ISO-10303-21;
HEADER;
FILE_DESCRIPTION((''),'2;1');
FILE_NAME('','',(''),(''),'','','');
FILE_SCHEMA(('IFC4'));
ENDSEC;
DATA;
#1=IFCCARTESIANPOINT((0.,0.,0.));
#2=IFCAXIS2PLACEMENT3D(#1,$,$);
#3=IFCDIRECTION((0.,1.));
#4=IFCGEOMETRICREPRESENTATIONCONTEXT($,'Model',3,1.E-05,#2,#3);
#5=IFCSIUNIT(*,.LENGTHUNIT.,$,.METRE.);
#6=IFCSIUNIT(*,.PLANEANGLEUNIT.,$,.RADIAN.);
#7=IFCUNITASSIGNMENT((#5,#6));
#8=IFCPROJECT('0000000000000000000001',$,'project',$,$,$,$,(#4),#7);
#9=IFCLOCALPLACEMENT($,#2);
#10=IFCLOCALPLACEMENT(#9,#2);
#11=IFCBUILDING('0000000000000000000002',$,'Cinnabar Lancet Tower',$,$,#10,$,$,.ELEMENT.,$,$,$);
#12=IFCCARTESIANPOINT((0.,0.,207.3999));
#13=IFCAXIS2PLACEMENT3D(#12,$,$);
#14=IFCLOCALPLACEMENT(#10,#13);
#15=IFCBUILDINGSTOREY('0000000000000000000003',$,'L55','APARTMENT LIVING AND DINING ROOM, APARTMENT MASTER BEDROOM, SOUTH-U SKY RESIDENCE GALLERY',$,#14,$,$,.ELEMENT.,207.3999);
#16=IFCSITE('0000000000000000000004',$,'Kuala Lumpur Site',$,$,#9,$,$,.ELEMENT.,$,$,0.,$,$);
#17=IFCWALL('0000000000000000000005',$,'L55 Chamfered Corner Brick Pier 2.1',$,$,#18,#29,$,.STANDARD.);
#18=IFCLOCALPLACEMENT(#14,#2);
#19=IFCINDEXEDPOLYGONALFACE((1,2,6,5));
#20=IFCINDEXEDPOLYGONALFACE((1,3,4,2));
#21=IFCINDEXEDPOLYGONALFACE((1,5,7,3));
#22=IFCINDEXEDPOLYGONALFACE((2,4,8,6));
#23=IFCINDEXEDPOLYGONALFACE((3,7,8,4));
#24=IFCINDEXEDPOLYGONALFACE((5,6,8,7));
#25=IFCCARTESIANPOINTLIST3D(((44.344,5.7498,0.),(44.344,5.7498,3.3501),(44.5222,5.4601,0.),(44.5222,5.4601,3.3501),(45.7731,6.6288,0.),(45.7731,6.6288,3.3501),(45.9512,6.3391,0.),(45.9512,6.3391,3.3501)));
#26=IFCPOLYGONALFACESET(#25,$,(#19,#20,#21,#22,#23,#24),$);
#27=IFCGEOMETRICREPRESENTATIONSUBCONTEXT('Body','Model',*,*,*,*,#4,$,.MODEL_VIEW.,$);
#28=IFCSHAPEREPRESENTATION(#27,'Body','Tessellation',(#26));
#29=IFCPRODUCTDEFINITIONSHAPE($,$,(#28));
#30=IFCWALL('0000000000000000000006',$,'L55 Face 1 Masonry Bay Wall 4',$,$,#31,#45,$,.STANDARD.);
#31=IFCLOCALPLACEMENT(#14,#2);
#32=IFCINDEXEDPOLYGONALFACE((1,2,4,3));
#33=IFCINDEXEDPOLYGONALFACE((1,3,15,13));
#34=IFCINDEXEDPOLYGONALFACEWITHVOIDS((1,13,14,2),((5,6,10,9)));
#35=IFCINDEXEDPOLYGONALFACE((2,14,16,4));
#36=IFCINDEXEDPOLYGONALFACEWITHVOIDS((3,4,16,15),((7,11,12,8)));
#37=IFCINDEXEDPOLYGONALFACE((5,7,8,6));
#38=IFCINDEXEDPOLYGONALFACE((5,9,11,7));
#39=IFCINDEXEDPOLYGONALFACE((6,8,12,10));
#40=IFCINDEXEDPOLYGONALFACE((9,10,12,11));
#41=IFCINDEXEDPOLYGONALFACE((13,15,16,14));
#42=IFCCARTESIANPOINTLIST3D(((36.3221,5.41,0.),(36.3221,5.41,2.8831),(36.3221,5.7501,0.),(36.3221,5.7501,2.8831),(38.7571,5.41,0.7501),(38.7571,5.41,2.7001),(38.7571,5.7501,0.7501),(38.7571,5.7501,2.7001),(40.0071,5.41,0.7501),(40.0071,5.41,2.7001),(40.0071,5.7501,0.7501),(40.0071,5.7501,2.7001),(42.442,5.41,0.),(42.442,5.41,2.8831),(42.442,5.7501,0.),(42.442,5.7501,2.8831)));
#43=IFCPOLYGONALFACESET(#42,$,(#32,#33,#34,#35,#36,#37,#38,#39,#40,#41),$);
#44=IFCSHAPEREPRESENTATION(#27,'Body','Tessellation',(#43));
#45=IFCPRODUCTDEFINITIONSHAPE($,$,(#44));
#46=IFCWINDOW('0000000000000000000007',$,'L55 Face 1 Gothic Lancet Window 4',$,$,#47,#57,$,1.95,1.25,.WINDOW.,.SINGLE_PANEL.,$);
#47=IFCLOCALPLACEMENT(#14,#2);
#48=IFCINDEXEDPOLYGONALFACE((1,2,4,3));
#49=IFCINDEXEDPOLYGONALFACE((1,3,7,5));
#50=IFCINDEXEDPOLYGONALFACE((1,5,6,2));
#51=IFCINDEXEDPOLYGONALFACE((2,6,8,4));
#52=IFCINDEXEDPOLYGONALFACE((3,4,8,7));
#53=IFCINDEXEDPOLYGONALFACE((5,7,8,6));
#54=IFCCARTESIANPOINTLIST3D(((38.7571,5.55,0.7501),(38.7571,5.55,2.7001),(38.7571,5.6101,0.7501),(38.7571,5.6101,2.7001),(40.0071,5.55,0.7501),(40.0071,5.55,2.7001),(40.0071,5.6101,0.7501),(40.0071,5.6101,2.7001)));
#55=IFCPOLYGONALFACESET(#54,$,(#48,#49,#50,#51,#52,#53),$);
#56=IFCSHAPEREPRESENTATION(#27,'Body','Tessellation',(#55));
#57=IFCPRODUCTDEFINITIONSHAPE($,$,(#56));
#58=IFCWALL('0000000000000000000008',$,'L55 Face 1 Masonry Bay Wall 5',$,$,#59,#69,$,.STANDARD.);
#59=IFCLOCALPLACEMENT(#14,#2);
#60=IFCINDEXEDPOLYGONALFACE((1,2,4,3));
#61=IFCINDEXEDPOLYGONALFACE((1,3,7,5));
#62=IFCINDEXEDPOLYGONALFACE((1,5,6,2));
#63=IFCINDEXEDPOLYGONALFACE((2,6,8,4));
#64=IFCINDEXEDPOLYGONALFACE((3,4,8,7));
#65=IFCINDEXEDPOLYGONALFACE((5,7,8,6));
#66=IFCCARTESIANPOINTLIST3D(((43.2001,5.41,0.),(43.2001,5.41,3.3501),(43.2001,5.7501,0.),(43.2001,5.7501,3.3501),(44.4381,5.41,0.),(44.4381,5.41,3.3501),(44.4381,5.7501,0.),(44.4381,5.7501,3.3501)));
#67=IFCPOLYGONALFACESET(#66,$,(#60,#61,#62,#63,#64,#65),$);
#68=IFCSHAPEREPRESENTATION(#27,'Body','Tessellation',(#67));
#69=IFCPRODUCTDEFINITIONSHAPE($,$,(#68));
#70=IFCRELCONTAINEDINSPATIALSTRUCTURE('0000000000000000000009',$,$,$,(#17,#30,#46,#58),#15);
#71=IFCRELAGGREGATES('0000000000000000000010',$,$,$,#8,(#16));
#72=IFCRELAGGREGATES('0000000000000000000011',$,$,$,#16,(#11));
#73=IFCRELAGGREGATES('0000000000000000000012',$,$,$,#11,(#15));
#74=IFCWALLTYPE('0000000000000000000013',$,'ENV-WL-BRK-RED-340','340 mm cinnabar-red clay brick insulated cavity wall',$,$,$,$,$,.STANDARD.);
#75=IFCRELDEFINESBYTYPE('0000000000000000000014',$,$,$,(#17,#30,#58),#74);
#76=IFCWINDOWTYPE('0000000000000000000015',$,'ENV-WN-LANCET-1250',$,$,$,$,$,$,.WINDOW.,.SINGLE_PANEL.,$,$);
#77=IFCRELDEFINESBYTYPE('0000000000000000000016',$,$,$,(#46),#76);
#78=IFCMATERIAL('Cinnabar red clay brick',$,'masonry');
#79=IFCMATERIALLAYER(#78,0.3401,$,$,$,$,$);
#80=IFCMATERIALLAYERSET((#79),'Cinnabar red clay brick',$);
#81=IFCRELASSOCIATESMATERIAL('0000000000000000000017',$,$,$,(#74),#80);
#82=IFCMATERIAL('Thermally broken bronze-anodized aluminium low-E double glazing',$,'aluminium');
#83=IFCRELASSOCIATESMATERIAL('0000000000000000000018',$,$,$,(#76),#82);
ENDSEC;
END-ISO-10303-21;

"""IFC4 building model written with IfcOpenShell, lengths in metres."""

from ifc_helpers import new_model, si_unit, direction, frame, frame_2d, origin, place, context, subcontext, project, spatial, rectangle, extrude, material, layer, layer_set, type_object, element, fill, save


model = new_model("IFC4")

# Units and contexts
model_context = context("Model", 3, precision=1e-05, world=origin(), true_north=direction((0.0, 1.0)))
body_context = subcontext(model_context, "Body", "Model", "MODEL_VIEW")
ifc_project = project(units=[si_unit("LENGTHUNIT", "METRE"), si_unit("PLANEANGLEUNIT", "RADIAN")], contexts=[model_context])

# Site, building, storey
site_placement = place(None, origin())
site = spatial("IfcSite", under=ifc_project, at=site_placement, Name="Kuala Lumpur Site", CompositionType="ELEMENT", RefElevation=0.0)
building_placement = place(site_placement, origin())
building = spatial("IfcBuilding", under=site, at=building_placement, Name="Cinnabar Lancet Tower", CompositionType="ELEMENT")
storey_placement = place(building_placement, frame((0.0, 0.0, 207.3999)))
storey = spatial("IfcBuildingStorey", under=building, at=storey_placement, Name="L55", Description="APARTMENT LIVING AND DINING ROOM, APARTMENT MASTER BEDROOM, SOUTH-U SKY RESIDENCE GALLERY", CompositionType="ELEMENT", Elevation=207.3999)

# Wall
ifc_material_1 = material(Name="Cinnabar red clay brick", Category="masonry")
ifc_layer_1 = layer(ifc_material_1, 0.3401)
ifc_layer_set_1 = layer_set([ifc_layer_1], Name="Cinnabar red clay brick")
wall_type_1 = type_object("IfcWallType", Name="ENV-WL-BRK-RED-340", Description="340 mm cinnabar-red clay brick insulated cavity wall", PredefinedType="STANDARD", material=ifc_layer_set_1)
wall_1_placement = place(storey_placement, frame((44.4331, 5.605, 0.0), z_axis=(0.0, 0.0, 1.0), x_axis=(0.851778, 0.523903, 0.0)))
element("IfcWall", 1, at=wall_1_placement, inside=storey, type_object=wall_type_1, Name="L55 Chamfered Corner Brick Pier 2.1", PredefinedType="STANDARD", context=body_context, shape_type="SweptSolid", body=[
    extrude(rectangle(XDim=1.6777, YDim=0.3401, at=frame_2d((0.8389, 0.0))), origin(), (0.0, 0.0, 1.0), 3.3501),
])

# Wall, opening, window
wall_2_placement = place(storey_placement, frame((36.322, 5.5801, 0.0), z_axis=(0.0, 0.0, 1.0), x_axis=(1.0, 0.0, 0.0)))
wall_2 = element("IfcWall", 2, at=wall_2_placement, inside=storey, type_object=wall_type_1, Name="L55 Face 1 Masonry Bay Wall 4", PredefinedType="STANDARD", context=body_context, shape_type="SweptSolid", body=[
    extrude(rectangle(XDim=6.1199, YDim=0.3401, at=frame_2d((3.0601, 0.0))), origin(), (0.0, 0.0, 1.0), 2.8831),
])
opening_placement = place(wall_2_placement, frame((2.4351, 0.0, 0.75)))
opening = element("IfcOpeningElement", 3, at=opening_placement, cuts=wall_2, PredefinedType="OPENING", context=body_context, shape_type="SweptSolid", body=[
    extrude(rectangle(XDim=1.25, YDim=1.95, at=frame_2d((0.625, 0.9751))), frame((0.0, 0.1799, 0.0), z_axis=(0.0, -1.0, 0.0), x_axis=(1.0, 0.0, 0.0)), (0.0, 0.0, 1.0), 0.3601),
])
ifc_material_2 = material(Name="Thermally broken bronze-anodized aluminium low-E double glazing", Category="aluminium")
window_type = type_object("IfcWindowType", Name="ENV-WN-LANCET-1250", PartitioningType="SINGLE_PANEL", PredefinedType="WINDOW", material=ifc_material_2)
window_placement = place(opening_placement, origin())
window = element("IfcWindow", 4, at=window_placement, inside=storey, type_object=window_type, Name="L55 Face 1 Gothic Lancet Window 4", OverallHeight=1.95, OverallWidth=1.25, PartitioningType="SINGLE_PANEL", PredefinedType="WINDOW", context=body_context, shape_type="SweptSolid", body=[
    extrude(rectangle(XDim=1.25, YDim=1.95, at=frame_2d((0.625, 0.9751))), frame((0.0, 0.03, 0.0), z_axis=(0.0, -1.0, 0.0), x_axis=(1.0, 0.0, 0.0)), (0.0, 0.0, 1.0), 0.0601),
])
fill(opening, window)

# Wall
wall_3_placement = place(storey_placement, frame((43.2, 5.5801, 0.0), z_axis=(0.0, 0.0, 1.0), x_axis=(1.0, 0.0, 0.0)))
element("IfcWall", 5, at=wall_3_placement, inside=storey, type_object=wall_type_1, Name="L55 Face 1 Masonry Bay Wall 5", PredefinedType="STANDARD", context=body_context, shape_type="SweptSolid", body=[
    extrude(rectangle(XDim=1.238, YDim=0.3401, at=frame_2d((0.6191, 0.0))), origin(), (0.0, 0.0, 1.0), 3.3501),
])

save(model, "model.ifc")
